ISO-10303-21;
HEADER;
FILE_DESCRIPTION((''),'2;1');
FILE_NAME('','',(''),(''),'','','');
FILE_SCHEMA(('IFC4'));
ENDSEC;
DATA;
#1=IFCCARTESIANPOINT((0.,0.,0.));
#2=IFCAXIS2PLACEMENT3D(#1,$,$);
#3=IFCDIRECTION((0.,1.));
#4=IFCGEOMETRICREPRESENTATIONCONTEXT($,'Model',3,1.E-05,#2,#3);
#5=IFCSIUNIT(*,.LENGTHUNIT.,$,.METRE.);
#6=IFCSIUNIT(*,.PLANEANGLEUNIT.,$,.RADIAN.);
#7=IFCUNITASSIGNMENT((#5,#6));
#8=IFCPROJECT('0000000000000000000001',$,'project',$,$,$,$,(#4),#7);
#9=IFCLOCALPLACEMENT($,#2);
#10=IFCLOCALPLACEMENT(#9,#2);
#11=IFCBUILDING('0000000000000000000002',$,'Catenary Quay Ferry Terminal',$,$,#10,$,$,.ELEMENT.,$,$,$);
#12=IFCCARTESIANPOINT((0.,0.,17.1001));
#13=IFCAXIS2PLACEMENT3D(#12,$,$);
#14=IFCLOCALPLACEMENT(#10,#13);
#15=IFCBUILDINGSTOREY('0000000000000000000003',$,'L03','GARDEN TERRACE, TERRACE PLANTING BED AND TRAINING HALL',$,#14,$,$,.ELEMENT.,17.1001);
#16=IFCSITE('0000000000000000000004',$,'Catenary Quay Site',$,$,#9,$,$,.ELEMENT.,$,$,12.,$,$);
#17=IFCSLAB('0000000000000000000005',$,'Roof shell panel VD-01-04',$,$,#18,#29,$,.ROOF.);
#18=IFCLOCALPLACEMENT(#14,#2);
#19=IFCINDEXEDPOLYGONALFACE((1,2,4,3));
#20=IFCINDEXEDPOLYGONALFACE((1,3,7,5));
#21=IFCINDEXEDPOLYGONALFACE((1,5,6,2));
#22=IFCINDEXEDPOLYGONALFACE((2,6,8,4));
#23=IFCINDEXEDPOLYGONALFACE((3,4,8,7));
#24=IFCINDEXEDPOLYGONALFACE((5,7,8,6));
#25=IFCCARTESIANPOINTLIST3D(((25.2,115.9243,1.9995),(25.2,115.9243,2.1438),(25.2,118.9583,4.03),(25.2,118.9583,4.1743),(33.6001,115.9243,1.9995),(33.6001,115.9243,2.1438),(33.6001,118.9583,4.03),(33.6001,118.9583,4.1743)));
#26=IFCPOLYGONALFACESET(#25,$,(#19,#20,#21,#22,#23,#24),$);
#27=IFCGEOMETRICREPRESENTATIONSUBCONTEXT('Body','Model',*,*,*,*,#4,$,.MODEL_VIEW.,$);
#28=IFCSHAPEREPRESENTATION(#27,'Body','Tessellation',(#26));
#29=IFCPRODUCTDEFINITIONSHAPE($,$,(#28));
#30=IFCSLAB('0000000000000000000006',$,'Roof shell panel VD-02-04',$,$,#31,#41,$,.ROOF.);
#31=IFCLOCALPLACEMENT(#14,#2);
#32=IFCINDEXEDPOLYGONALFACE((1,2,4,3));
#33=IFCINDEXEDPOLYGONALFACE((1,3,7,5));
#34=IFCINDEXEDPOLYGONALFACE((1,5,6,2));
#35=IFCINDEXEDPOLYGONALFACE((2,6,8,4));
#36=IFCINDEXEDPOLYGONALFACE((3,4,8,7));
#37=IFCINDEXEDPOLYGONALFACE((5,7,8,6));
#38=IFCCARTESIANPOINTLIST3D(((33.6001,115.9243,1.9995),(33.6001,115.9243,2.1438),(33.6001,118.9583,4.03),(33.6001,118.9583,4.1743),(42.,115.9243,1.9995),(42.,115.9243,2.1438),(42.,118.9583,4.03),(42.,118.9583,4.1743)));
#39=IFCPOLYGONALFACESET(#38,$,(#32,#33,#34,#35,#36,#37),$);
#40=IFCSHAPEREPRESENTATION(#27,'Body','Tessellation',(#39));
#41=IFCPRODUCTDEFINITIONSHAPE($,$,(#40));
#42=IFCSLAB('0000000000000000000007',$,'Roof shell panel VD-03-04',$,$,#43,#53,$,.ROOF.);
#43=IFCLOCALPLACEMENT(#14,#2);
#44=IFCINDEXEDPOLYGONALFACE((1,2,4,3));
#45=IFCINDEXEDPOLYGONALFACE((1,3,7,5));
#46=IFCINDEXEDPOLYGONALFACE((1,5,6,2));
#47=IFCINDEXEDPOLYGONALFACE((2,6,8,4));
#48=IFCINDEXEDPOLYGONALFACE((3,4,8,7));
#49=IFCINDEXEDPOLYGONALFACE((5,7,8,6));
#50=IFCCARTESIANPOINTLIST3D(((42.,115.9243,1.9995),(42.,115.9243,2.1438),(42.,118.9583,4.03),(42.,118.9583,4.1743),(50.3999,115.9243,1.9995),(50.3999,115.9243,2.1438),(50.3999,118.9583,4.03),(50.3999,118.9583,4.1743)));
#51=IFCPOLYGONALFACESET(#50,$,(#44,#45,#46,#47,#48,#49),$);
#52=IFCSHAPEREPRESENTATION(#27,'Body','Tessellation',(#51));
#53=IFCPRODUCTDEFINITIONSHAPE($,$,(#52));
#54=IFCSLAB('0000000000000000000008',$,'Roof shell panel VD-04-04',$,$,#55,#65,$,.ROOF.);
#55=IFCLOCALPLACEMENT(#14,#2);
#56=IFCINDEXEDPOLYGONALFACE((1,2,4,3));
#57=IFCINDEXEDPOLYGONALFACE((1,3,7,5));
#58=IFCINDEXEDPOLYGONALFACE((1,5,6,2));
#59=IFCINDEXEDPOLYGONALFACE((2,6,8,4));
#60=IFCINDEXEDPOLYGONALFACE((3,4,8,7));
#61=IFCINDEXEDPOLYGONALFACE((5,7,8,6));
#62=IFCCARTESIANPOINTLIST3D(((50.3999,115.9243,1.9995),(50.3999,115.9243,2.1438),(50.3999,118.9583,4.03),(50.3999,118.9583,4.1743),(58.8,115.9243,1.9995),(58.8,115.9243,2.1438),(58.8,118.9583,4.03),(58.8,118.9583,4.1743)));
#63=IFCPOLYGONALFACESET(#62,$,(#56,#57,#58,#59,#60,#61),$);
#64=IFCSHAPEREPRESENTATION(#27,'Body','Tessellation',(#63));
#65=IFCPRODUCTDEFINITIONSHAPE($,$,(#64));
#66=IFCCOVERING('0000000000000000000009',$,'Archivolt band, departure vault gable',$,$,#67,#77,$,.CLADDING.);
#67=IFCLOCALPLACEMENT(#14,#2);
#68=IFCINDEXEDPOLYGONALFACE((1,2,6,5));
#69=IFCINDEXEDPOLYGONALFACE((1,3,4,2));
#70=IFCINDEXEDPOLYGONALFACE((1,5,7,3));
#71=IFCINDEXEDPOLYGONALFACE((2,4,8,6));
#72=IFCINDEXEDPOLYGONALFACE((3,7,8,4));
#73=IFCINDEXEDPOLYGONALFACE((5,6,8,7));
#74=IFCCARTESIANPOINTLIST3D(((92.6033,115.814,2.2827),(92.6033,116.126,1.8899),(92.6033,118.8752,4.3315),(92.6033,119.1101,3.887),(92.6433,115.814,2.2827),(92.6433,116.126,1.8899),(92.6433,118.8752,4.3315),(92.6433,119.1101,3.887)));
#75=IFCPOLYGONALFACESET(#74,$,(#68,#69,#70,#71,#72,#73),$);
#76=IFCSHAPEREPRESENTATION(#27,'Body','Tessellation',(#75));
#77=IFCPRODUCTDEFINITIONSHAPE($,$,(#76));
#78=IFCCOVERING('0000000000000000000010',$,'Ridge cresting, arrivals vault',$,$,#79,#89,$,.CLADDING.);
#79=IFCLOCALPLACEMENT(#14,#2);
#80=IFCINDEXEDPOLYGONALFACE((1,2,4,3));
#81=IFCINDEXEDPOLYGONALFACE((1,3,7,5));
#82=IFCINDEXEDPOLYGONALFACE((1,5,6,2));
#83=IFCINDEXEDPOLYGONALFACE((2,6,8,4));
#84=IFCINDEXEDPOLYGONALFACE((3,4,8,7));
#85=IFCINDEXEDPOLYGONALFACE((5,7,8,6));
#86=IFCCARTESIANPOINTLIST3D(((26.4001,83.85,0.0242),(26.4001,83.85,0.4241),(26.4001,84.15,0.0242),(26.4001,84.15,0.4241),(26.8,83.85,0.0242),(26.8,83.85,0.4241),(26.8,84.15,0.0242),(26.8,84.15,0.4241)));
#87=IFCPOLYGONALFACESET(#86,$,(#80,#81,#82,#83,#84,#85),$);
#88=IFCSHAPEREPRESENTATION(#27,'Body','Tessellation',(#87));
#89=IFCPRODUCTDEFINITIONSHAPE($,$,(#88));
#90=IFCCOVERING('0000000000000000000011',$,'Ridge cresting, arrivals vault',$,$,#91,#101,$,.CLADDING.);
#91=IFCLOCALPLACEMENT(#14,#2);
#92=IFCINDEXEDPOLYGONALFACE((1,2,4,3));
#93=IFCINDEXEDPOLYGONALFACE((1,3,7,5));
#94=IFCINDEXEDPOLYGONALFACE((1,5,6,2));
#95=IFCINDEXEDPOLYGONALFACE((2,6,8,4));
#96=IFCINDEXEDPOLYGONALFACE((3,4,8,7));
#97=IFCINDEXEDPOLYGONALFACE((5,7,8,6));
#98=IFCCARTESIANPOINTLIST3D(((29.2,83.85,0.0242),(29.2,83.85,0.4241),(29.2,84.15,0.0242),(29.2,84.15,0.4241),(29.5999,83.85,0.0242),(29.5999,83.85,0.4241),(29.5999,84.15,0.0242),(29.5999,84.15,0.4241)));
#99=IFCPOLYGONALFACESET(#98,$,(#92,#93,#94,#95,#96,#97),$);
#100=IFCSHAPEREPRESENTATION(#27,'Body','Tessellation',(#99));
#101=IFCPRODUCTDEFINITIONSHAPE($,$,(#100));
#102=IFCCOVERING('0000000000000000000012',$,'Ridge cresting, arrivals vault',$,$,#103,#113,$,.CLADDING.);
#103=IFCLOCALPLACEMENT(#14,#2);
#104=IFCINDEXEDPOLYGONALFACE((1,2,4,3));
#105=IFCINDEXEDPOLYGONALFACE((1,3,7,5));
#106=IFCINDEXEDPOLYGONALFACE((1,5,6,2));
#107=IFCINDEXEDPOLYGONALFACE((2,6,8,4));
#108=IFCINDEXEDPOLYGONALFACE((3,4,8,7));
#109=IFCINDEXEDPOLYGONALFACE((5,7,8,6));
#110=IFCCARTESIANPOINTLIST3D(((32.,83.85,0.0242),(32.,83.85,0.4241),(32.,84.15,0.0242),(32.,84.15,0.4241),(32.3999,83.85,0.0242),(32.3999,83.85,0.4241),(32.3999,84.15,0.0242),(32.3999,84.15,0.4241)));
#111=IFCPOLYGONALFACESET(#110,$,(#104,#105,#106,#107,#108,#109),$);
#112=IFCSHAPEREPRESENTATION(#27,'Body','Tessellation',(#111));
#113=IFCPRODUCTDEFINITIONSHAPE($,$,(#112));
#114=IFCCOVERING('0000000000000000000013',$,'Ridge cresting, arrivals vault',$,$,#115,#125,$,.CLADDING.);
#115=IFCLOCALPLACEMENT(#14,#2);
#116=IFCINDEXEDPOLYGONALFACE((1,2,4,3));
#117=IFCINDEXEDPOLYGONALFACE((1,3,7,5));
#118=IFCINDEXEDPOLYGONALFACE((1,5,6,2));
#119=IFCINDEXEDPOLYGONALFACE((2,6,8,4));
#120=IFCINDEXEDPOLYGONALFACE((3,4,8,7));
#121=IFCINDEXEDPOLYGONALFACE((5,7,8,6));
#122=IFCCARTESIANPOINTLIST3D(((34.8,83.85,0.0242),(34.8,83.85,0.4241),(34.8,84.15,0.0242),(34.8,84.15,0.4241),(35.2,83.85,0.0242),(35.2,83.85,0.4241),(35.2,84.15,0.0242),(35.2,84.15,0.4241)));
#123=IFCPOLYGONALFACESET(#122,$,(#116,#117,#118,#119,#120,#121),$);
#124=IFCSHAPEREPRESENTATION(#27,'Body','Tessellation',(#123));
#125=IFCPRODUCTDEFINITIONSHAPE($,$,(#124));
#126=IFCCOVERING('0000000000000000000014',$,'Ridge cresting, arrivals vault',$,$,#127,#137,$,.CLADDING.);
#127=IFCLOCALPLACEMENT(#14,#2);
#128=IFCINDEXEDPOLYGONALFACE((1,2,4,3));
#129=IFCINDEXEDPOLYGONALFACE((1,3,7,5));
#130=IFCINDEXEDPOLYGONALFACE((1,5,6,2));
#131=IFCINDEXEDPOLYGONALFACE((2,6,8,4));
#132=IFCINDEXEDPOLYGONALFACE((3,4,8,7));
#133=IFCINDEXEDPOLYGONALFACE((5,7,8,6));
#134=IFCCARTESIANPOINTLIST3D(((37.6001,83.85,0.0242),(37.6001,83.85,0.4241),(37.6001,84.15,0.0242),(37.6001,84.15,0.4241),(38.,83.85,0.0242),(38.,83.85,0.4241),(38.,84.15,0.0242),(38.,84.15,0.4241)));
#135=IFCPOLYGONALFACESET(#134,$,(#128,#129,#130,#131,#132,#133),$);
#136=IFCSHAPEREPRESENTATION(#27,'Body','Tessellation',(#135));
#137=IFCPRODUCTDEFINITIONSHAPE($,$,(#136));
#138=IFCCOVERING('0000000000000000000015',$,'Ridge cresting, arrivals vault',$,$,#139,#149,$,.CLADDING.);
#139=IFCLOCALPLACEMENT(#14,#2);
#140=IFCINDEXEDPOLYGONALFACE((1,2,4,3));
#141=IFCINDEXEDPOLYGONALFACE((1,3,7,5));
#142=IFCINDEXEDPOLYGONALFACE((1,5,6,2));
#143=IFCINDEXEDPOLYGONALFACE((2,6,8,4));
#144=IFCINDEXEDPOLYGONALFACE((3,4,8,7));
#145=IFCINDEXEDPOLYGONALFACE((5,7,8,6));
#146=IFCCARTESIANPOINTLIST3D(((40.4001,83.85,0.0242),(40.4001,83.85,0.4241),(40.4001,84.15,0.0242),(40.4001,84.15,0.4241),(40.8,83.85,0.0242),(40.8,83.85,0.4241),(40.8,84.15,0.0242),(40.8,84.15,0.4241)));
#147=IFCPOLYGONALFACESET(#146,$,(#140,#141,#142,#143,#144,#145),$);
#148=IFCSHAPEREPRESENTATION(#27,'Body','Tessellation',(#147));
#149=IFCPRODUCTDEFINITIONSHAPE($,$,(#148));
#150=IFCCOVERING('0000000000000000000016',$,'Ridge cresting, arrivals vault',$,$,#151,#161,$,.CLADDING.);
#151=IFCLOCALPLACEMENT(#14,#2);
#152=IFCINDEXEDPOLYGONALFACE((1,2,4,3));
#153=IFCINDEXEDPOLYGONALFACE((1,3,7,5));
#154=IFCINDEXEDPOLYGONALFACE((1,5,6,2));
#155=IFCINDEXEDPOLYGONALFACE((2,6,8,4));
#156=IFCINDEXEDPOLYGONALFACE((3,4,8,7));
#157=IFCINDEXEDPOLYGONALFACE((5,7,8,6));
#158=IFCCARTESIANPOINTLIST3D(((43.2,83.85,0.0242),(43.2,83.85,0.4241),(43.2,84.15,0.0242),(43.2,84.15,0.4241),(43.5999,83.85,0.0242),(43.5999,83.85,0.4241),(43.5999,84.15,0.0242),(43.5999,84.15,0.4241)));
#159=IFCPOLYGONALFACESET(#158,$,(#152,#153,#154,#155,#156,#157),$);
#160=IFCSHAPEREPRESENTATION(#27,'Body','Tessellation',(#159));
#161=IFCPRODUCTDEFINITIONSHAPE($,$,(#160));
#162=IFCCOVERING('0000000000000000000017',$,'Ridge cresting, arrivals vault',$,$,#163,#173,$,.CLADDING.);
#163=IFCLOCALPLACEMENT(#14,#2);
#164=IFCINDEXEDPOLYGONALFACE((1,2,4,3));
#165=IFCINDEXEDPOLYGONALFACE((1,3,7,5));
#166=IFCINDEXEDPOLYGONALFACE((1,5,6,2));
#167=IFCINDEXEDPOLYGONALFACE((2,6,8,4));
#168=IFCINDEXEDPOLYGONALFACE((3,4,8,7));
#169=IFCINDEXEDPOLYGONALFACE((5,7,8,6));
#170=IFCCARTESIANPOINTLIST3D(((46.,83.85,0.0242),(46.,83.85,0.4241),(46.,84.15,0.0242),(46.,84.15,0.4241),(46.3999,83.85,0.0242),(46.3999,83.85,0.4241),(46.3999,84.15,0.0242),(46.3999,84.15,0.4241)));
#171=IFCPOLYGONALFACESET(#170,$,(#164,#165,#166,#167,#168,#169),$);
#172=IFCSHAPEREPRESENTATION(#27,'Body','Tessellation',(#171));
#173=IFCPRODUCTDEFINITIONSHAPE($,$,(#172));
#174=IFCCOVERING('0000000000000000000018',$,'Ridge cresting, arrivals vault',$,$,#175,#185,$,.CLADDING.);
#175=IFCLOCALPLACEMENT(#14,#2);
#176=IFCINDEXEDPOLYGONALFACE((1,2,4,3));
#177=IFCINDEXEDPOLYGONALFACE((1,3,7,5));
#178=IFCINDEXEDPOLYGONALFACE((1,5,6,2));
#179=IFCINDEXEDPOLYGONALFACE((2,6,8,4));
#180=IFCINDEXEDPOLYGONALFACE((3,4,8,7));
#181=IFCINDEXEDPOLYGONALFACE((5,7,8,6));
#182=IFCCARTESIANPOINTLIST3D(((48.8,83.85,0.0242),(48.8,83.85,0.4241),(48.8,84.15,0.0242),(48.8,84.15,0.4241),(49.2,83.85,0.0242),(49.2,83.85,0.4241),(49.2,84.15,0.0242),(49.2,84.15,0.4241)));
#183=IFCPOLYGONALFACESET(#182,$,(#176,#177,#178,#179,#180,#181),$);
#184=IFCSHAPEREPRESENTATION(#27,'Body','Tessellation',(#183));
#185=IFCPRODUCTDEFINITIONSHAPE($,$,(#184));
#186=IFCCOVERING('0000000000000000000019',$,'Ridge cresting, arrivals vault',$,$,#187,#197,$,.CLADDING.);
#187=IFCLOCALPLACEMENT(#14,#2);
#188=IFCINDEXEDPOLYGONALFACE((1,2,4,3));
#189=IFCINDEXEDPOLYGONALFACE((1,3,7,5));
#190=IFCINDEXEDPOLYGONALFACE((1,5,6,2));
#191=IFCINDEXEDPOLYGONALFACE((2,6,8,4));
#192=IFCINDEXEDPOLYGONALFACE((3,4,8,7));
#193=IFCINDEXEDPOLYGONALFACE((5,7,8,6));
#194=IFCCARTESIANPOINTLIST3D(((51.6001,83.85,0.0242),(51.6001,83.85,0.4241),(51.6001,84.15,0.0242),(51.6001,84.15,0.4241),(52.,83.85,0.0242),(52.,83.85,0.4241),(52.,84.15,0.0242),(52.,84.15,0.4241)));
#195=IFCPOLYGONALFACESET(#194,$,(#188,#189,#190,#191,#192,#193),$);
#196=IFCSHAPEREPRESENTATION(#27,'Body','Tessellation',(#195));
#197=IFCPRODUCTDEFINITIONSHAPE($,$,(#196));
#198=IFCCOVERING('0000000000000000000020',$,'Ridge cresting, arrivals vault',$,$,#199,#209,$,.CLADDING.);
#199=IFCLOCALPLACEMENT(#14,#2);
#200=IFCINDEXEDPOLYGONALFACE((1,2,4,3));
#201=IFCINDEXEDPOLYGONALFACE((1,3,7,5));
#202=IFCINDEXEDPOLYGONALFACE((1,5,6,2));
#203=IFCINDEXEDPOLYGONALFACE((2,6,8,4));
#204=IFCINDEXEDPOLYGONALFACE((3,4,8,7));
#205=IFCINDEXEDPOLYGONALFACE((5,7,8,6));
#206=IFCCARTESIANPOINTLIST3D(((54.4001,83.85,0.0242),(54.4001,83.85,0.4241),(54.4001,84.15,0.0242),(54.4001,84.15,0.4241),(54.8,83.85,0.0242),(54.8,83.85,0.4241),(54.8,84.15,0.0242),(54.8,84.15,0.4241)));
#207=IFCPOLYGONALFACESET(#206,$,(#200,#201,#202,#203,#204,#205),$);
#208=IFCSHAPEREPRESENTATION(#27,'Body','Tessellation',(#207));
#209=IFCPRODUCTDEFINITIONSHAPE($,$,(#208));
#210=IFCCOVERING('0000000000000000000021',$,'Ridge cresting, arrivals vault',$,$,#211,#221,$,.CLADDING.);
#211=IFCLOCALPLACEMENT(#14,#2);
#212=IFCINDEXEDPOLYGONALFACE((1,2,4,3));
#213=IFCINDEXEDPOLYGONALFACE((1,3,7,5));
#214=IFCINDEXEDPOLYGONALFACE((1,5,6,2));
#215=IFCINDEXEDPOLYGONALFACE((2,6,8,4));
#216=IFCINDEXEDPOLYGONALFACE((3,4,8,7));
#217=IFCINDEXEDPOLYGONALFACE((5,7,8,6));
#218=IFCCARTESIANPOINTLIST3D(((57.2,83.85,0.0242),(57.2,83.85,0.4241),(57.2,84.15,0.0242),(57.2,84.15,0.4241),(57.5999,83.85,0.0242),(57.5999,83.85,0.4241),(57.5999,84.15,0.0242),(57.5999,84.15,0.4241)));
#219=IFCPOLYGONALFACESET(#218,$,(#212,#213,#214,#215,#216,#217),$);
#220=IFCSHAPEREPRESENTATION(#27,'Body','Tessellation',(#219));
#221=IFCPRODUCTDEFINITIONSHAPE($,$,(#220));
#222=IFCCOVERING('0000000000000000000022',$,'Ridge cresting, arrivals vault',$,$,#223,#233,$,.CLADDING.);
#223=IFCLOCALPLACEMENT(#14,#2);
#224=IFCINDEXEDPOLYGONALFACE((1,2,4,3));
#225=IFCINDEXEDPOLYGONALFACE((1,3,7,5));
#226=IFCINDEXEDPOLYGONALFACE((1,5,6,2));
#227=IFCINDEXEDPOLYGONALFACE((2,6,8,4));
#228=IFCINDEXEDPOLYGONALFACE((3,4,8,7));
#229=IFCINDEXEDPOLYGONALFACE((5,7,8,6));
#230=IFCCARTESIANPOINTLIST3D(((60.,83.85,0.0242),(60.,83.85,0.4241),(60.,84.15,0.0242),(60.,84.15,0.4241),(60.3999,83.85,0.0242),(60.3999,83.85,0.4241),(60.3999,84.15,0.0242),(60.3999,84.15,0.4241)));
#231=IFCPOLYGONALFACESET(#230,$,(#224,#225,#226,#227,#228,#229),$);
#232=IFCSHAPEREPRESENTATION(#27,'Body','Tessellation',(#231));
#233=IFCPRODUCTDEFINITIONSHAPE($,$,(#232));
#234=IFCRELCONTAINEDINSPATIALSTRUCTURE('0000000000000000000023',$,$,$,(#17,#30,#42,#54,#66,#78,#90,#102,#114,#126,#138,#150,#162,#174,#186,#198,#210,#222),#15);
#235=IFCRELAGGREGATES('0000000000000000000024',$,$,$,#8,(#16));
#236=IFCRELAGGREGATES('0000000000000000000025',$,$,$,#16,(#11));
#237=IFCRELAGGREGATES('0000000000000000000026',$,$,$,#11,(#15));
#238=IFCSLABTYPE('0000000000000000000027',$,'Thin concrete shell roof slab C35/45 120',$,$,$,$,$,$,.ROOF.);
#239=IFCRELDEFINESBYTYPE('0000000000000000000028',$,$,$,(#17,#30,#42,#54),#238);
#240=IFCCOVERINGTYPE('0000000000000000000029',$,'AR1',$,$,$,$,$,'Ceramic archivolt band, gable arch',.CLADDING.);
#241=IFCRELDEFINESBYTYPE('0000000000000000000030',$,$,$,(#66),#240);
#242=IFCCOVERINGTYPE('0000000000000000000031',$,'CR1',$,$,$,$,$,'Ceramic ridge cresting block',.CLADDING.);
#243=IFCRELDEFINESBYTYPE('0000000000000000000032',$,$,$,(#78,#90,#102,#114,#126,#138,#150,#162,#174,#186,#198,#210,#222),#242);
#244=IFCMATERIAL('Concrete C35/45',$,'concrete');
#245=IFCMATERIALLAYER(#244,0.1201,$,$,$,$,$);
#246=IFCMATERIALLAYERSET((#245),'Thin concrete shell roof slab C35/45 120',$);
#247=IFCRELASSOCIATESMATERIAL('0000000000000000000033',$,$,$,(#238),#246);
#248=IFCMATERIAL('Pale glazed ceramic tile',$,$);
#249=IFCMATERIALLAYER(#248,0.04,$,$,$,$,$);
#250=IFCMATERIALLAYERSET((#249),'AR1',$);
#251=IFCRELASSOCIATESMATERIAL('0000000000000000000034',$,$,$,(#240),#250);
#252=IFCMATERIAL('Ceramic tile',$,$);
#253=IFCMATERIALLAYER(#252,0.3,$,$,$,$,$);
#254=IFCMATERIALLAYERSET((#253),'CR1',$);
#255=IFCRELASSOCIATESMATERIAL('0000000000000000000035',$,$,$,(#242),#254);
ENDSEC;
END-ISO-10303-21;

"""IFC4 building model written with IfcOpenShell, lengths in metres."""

from ifc_helpers import new_model, si_unit, direction, frame, origin, origin_2d, place, context, subcontext, project, spatial, polyline, rectangle, outline, extrude, material, layer, layer_set, type_object, element, save


model = new_model("IFC4")

# Units and contexts
model_context = context("Model", 3, precision=1e-05, world=origin(), true_north=direction((0.0, 1.0)))
body_context = subcontext(model_context, "Body", "Model", "MODEL_VIEW")
ifc_project = project(units=[si_unit("LENGTHUNIT", "METRE"), si_unit("PLANEANGLEUNIT", "RADIAN")], contexts=[model_context])

# Site, building, storey
site_placement = place(None, origin())
site = spatial("IfcSite", under=ifc_project, at=site_placement, Name="Catenary Quay Site", CompositionType="ELEMENT", RefElevation=12.0)
building_placement = place(site_placement, origin())
building = spatial("IfcBuilding", under=site, at=building_placement, Name="Catenary Quay Ferry Terminal", CompositionType="ELEMENT")
storey_placement = place(building_placement, frame((0.0, 0.0, 17.1001)))
storey = spatial("IfcBuildingStorey", under=building, at=storey_placement, Name="L03", Description="GARDEN TERRACE, TERRACE PLANTING BED AND TRAINING HALL", CompositionType="ELEMENT", Elevation=17.1001)

# Slabs
ifc_material_1 = material(Name="Concrete C35/45", Category="concrete")
ifc_layer_1 = layer(ifc_material_1, 0.1201)
ifc_layer_set_1 = layer_set([ifc_layer_1], Name="Thin concrete shell roof slab C35/45 120")
slab_type = type_object("IfcSlabType", Name="Thin concrete shell roof slab C35/45 120", PredefinedType="ROOF", material=ifc_layer_set_1)
slab_1_placement = place(storey_placement, frame((25.2, 115.9243, 2.1438), z_axis=(0.0, -0.556196, 0.831051), x_axis=(1.0, 0.0, 0.0)))
element("IfcSlab", 1, at=slab_1_placement, inside=storey, type_object=slab_type, Name="Roof shell panel VD-01-04", PredefinedType="ROOF", context=body_context, shape_type="SweptSolid", body=[
    extrude(outline(polyline([(0.0, 0.0), (8.4001, 0.0), (8.4001, 3.6507), (0.0, 3.6507), (0.0, 0.0)])), origin(), (0.0, -0.556196, -0.831051), 0.1443),
])
for number, where, z_axis, x_axis, name in (
    (2, (33.6001, 115.9243, 2.1438), (0.0, -0.556196, 0.831051), (1.0, 0.0, 0.0), "Roof shell panel VD-02-04"),
    (3, (42.0, 115.9243, 2.1438), (0.0, -0.556196, 0.831051), (1.0, 0.0, 0.0), "Roof shell panel VD-03-04"),
):
    element("IfcSlab", number, at=place(storey_placement, frame(where, z_axis=z_axis, x_axis=x_axis)), inside=storey, type_object=slab_type, Name=name, PredefinedType="ROOF", context=body_context, shape_type="SweptSolid", body=[
        extrude(outline(polyline([(0.0, 0.0), (8.3999, 0.0), (8.3999, 3.6507), (0.0, 3.6507), (0.0, 0.0)])), origin(), (0.0, -0.556196, -0.831051), 0.1443),
    ])
slab_2_placement = place(storey_placement, frame((50.3999, 115.9243, 2.1438), z_axis=(0.0, -0.556196, 0.831051), x_axis=(1.0, 0.0, 0.0)))
element("IfcSlab", 4, at=slab_2_placement, inside=storey, type_object=slab_type, Name="Roof shell panel VD-04-04", PredefinedType="ROOF", context=body_context, shape_type="SweptSolid", body=[
    extrude(outline(polyline([(0.0, 0.0), (8.4001, 0.0), (8.4001, 3.6507), (0.0, 3.6507), (0.0, 0.0)])), origin(), (0.0, -0.556196, -0.831051), 0.1443),
])

# Coverings
ifc_material_2 = material(Name="Pale glazed ceramic tile")
ifc_layer_2 = layer(ifc_material_2, 0.04)
ifc_layer_set_2 = layer_set([ifc_layer_2], Name="AR1")
covering_type_1 = type_object("IfcCoveringType", Name="AR1", ElementType="Ceramic archivolt band, gable arch", PredefinedType="CLADDING", material=ifc_layer_set_2)
covering_1_placement = place(storey_placement, frame((92.6033, 115.814, 2.2827), z_axis=(-1.0, 0.0, 0.0), x_axis=(0.0, 0.83105, 0.556198)))
element("IfcCovering", 5, at=covering_1_placement, inside=storey, type_object=covering_type_1, Name="Archivolt band, departure vault gable", PredefinedType="CLADDING", context=body_context, shape_type="SweptSolid", body=[
    extrude(outline(polyline([(0.0, 0.0), (3.6836, 0.0), (3.6315, 0.5001), (0.0408, 0.5), (0.0, 0.0)])), origin(), (0.0, 0.0, -1.0), 0.04),
])
ifc_material_3 = material(Name="Ceramic tile")
ifc_layer_3 = layer(ifc_material_3, 0.3)
ifc_layer_set_3 = layer_set([ifc_layer_3], Name="CR1")
covering_type_2 = type_object("IfcCoveringType", Name="CR1", ElementType="Ceramic ridge cresting block", PredefinedType="CLADDING", material=ifc_layer_set_3)
for number, where, z_axis, x_axis, name in (
    (6, (26.6001, 84.0, 0.0242), (0.0, 0.0, 1.0), (1.0, 0.0, 0.0), "Ridge cresting, arrivals vault"),
    (7, (29.3999, 84.0, 0.0242), (0.0, 0.0, 1.0), (1.0, 0.0, 0.0), "Ridge cresting, arrivals vault"),
    (8, (32.2, 84.0, 0.0242), (0.0, 0.0, 1.0), (1.0, 0.0, 0.0), "Ridge cresting, arrivals vault"),
    (9, (35.0, 84.0, 0.0242), (0.0, 0.0, 1.0), (1.0, 0.0, 0.0), "Ridge cresting, arrivals vault"),
    (10, (37.8, 84.0, 0.0242), (0.0, 0.0, 1.0), (1.0, 0.0, 0.0), "Ridge cresting, arrivals vault"),
    (11, (40.6001, 84.0, 0.0242), (0.0, 0.0, 1.0), (1.0, 0.0, 0.0), "Ridge cresting, arrivals vault"),
    (12, (43.3999, 84.0, 0.0242), (0.0, 0.0, 1.0), (1.0, 0.0, 0.0), "Ridge cresting, arrivals vault"),
    (13, (46.2, 84.0, 0.0242), (0.0, 0.0, 1.0), (1.0, 0.0, 0.0), "Ridge cresting, arrivals vault"),
    (14, (49.0, 84.0, 0.0242), (0.0, 0.0, 1.0), (1.0, 0.0, 0.0), "Ridge cresting, arrivals vault"),
    (15, (51.8, 84.0, 0.0242), (0.0, 0.0, 1.0), (1.0, 0.0, 0.0), "Ridge cresting, arrivals vault"),
    (16, (54.6001, 84.0, 0.0242), (0.0, 0.0, 1.0), (1.0, 0.0, 0.0), "Ridge cresting, arrivals vault"),
    (17, (57.3999, 84.0, 0.0242), (0.0, 0.0, 1.0), (1.0, 0.0, 0.0), "Ridge cresting, arrivals vault"),
    (18, (60.2, 84.0, 0.0242), (0.0, 0.0, 1.0), (1.0, 0.0, 0.0), "Ridge cresting, arrivals vault"),
):
    element("IfcCovering", number, at=place(storey_placement, frame(where, z_axis=z_axis, x_axis=x_axis)), inside=storey, type_object=covering_type_2, Name=name, PredefinedType="CLADDING", context=body_context, shape_type="SweptSolid", body=[
        extrude(rectangle(XDim=0.3999, YDim=0.3, at=origin_2d()), origin(), (0.0, 0.0, 1.0), 0.3999),
    ])

save(model, "model.ifc")
